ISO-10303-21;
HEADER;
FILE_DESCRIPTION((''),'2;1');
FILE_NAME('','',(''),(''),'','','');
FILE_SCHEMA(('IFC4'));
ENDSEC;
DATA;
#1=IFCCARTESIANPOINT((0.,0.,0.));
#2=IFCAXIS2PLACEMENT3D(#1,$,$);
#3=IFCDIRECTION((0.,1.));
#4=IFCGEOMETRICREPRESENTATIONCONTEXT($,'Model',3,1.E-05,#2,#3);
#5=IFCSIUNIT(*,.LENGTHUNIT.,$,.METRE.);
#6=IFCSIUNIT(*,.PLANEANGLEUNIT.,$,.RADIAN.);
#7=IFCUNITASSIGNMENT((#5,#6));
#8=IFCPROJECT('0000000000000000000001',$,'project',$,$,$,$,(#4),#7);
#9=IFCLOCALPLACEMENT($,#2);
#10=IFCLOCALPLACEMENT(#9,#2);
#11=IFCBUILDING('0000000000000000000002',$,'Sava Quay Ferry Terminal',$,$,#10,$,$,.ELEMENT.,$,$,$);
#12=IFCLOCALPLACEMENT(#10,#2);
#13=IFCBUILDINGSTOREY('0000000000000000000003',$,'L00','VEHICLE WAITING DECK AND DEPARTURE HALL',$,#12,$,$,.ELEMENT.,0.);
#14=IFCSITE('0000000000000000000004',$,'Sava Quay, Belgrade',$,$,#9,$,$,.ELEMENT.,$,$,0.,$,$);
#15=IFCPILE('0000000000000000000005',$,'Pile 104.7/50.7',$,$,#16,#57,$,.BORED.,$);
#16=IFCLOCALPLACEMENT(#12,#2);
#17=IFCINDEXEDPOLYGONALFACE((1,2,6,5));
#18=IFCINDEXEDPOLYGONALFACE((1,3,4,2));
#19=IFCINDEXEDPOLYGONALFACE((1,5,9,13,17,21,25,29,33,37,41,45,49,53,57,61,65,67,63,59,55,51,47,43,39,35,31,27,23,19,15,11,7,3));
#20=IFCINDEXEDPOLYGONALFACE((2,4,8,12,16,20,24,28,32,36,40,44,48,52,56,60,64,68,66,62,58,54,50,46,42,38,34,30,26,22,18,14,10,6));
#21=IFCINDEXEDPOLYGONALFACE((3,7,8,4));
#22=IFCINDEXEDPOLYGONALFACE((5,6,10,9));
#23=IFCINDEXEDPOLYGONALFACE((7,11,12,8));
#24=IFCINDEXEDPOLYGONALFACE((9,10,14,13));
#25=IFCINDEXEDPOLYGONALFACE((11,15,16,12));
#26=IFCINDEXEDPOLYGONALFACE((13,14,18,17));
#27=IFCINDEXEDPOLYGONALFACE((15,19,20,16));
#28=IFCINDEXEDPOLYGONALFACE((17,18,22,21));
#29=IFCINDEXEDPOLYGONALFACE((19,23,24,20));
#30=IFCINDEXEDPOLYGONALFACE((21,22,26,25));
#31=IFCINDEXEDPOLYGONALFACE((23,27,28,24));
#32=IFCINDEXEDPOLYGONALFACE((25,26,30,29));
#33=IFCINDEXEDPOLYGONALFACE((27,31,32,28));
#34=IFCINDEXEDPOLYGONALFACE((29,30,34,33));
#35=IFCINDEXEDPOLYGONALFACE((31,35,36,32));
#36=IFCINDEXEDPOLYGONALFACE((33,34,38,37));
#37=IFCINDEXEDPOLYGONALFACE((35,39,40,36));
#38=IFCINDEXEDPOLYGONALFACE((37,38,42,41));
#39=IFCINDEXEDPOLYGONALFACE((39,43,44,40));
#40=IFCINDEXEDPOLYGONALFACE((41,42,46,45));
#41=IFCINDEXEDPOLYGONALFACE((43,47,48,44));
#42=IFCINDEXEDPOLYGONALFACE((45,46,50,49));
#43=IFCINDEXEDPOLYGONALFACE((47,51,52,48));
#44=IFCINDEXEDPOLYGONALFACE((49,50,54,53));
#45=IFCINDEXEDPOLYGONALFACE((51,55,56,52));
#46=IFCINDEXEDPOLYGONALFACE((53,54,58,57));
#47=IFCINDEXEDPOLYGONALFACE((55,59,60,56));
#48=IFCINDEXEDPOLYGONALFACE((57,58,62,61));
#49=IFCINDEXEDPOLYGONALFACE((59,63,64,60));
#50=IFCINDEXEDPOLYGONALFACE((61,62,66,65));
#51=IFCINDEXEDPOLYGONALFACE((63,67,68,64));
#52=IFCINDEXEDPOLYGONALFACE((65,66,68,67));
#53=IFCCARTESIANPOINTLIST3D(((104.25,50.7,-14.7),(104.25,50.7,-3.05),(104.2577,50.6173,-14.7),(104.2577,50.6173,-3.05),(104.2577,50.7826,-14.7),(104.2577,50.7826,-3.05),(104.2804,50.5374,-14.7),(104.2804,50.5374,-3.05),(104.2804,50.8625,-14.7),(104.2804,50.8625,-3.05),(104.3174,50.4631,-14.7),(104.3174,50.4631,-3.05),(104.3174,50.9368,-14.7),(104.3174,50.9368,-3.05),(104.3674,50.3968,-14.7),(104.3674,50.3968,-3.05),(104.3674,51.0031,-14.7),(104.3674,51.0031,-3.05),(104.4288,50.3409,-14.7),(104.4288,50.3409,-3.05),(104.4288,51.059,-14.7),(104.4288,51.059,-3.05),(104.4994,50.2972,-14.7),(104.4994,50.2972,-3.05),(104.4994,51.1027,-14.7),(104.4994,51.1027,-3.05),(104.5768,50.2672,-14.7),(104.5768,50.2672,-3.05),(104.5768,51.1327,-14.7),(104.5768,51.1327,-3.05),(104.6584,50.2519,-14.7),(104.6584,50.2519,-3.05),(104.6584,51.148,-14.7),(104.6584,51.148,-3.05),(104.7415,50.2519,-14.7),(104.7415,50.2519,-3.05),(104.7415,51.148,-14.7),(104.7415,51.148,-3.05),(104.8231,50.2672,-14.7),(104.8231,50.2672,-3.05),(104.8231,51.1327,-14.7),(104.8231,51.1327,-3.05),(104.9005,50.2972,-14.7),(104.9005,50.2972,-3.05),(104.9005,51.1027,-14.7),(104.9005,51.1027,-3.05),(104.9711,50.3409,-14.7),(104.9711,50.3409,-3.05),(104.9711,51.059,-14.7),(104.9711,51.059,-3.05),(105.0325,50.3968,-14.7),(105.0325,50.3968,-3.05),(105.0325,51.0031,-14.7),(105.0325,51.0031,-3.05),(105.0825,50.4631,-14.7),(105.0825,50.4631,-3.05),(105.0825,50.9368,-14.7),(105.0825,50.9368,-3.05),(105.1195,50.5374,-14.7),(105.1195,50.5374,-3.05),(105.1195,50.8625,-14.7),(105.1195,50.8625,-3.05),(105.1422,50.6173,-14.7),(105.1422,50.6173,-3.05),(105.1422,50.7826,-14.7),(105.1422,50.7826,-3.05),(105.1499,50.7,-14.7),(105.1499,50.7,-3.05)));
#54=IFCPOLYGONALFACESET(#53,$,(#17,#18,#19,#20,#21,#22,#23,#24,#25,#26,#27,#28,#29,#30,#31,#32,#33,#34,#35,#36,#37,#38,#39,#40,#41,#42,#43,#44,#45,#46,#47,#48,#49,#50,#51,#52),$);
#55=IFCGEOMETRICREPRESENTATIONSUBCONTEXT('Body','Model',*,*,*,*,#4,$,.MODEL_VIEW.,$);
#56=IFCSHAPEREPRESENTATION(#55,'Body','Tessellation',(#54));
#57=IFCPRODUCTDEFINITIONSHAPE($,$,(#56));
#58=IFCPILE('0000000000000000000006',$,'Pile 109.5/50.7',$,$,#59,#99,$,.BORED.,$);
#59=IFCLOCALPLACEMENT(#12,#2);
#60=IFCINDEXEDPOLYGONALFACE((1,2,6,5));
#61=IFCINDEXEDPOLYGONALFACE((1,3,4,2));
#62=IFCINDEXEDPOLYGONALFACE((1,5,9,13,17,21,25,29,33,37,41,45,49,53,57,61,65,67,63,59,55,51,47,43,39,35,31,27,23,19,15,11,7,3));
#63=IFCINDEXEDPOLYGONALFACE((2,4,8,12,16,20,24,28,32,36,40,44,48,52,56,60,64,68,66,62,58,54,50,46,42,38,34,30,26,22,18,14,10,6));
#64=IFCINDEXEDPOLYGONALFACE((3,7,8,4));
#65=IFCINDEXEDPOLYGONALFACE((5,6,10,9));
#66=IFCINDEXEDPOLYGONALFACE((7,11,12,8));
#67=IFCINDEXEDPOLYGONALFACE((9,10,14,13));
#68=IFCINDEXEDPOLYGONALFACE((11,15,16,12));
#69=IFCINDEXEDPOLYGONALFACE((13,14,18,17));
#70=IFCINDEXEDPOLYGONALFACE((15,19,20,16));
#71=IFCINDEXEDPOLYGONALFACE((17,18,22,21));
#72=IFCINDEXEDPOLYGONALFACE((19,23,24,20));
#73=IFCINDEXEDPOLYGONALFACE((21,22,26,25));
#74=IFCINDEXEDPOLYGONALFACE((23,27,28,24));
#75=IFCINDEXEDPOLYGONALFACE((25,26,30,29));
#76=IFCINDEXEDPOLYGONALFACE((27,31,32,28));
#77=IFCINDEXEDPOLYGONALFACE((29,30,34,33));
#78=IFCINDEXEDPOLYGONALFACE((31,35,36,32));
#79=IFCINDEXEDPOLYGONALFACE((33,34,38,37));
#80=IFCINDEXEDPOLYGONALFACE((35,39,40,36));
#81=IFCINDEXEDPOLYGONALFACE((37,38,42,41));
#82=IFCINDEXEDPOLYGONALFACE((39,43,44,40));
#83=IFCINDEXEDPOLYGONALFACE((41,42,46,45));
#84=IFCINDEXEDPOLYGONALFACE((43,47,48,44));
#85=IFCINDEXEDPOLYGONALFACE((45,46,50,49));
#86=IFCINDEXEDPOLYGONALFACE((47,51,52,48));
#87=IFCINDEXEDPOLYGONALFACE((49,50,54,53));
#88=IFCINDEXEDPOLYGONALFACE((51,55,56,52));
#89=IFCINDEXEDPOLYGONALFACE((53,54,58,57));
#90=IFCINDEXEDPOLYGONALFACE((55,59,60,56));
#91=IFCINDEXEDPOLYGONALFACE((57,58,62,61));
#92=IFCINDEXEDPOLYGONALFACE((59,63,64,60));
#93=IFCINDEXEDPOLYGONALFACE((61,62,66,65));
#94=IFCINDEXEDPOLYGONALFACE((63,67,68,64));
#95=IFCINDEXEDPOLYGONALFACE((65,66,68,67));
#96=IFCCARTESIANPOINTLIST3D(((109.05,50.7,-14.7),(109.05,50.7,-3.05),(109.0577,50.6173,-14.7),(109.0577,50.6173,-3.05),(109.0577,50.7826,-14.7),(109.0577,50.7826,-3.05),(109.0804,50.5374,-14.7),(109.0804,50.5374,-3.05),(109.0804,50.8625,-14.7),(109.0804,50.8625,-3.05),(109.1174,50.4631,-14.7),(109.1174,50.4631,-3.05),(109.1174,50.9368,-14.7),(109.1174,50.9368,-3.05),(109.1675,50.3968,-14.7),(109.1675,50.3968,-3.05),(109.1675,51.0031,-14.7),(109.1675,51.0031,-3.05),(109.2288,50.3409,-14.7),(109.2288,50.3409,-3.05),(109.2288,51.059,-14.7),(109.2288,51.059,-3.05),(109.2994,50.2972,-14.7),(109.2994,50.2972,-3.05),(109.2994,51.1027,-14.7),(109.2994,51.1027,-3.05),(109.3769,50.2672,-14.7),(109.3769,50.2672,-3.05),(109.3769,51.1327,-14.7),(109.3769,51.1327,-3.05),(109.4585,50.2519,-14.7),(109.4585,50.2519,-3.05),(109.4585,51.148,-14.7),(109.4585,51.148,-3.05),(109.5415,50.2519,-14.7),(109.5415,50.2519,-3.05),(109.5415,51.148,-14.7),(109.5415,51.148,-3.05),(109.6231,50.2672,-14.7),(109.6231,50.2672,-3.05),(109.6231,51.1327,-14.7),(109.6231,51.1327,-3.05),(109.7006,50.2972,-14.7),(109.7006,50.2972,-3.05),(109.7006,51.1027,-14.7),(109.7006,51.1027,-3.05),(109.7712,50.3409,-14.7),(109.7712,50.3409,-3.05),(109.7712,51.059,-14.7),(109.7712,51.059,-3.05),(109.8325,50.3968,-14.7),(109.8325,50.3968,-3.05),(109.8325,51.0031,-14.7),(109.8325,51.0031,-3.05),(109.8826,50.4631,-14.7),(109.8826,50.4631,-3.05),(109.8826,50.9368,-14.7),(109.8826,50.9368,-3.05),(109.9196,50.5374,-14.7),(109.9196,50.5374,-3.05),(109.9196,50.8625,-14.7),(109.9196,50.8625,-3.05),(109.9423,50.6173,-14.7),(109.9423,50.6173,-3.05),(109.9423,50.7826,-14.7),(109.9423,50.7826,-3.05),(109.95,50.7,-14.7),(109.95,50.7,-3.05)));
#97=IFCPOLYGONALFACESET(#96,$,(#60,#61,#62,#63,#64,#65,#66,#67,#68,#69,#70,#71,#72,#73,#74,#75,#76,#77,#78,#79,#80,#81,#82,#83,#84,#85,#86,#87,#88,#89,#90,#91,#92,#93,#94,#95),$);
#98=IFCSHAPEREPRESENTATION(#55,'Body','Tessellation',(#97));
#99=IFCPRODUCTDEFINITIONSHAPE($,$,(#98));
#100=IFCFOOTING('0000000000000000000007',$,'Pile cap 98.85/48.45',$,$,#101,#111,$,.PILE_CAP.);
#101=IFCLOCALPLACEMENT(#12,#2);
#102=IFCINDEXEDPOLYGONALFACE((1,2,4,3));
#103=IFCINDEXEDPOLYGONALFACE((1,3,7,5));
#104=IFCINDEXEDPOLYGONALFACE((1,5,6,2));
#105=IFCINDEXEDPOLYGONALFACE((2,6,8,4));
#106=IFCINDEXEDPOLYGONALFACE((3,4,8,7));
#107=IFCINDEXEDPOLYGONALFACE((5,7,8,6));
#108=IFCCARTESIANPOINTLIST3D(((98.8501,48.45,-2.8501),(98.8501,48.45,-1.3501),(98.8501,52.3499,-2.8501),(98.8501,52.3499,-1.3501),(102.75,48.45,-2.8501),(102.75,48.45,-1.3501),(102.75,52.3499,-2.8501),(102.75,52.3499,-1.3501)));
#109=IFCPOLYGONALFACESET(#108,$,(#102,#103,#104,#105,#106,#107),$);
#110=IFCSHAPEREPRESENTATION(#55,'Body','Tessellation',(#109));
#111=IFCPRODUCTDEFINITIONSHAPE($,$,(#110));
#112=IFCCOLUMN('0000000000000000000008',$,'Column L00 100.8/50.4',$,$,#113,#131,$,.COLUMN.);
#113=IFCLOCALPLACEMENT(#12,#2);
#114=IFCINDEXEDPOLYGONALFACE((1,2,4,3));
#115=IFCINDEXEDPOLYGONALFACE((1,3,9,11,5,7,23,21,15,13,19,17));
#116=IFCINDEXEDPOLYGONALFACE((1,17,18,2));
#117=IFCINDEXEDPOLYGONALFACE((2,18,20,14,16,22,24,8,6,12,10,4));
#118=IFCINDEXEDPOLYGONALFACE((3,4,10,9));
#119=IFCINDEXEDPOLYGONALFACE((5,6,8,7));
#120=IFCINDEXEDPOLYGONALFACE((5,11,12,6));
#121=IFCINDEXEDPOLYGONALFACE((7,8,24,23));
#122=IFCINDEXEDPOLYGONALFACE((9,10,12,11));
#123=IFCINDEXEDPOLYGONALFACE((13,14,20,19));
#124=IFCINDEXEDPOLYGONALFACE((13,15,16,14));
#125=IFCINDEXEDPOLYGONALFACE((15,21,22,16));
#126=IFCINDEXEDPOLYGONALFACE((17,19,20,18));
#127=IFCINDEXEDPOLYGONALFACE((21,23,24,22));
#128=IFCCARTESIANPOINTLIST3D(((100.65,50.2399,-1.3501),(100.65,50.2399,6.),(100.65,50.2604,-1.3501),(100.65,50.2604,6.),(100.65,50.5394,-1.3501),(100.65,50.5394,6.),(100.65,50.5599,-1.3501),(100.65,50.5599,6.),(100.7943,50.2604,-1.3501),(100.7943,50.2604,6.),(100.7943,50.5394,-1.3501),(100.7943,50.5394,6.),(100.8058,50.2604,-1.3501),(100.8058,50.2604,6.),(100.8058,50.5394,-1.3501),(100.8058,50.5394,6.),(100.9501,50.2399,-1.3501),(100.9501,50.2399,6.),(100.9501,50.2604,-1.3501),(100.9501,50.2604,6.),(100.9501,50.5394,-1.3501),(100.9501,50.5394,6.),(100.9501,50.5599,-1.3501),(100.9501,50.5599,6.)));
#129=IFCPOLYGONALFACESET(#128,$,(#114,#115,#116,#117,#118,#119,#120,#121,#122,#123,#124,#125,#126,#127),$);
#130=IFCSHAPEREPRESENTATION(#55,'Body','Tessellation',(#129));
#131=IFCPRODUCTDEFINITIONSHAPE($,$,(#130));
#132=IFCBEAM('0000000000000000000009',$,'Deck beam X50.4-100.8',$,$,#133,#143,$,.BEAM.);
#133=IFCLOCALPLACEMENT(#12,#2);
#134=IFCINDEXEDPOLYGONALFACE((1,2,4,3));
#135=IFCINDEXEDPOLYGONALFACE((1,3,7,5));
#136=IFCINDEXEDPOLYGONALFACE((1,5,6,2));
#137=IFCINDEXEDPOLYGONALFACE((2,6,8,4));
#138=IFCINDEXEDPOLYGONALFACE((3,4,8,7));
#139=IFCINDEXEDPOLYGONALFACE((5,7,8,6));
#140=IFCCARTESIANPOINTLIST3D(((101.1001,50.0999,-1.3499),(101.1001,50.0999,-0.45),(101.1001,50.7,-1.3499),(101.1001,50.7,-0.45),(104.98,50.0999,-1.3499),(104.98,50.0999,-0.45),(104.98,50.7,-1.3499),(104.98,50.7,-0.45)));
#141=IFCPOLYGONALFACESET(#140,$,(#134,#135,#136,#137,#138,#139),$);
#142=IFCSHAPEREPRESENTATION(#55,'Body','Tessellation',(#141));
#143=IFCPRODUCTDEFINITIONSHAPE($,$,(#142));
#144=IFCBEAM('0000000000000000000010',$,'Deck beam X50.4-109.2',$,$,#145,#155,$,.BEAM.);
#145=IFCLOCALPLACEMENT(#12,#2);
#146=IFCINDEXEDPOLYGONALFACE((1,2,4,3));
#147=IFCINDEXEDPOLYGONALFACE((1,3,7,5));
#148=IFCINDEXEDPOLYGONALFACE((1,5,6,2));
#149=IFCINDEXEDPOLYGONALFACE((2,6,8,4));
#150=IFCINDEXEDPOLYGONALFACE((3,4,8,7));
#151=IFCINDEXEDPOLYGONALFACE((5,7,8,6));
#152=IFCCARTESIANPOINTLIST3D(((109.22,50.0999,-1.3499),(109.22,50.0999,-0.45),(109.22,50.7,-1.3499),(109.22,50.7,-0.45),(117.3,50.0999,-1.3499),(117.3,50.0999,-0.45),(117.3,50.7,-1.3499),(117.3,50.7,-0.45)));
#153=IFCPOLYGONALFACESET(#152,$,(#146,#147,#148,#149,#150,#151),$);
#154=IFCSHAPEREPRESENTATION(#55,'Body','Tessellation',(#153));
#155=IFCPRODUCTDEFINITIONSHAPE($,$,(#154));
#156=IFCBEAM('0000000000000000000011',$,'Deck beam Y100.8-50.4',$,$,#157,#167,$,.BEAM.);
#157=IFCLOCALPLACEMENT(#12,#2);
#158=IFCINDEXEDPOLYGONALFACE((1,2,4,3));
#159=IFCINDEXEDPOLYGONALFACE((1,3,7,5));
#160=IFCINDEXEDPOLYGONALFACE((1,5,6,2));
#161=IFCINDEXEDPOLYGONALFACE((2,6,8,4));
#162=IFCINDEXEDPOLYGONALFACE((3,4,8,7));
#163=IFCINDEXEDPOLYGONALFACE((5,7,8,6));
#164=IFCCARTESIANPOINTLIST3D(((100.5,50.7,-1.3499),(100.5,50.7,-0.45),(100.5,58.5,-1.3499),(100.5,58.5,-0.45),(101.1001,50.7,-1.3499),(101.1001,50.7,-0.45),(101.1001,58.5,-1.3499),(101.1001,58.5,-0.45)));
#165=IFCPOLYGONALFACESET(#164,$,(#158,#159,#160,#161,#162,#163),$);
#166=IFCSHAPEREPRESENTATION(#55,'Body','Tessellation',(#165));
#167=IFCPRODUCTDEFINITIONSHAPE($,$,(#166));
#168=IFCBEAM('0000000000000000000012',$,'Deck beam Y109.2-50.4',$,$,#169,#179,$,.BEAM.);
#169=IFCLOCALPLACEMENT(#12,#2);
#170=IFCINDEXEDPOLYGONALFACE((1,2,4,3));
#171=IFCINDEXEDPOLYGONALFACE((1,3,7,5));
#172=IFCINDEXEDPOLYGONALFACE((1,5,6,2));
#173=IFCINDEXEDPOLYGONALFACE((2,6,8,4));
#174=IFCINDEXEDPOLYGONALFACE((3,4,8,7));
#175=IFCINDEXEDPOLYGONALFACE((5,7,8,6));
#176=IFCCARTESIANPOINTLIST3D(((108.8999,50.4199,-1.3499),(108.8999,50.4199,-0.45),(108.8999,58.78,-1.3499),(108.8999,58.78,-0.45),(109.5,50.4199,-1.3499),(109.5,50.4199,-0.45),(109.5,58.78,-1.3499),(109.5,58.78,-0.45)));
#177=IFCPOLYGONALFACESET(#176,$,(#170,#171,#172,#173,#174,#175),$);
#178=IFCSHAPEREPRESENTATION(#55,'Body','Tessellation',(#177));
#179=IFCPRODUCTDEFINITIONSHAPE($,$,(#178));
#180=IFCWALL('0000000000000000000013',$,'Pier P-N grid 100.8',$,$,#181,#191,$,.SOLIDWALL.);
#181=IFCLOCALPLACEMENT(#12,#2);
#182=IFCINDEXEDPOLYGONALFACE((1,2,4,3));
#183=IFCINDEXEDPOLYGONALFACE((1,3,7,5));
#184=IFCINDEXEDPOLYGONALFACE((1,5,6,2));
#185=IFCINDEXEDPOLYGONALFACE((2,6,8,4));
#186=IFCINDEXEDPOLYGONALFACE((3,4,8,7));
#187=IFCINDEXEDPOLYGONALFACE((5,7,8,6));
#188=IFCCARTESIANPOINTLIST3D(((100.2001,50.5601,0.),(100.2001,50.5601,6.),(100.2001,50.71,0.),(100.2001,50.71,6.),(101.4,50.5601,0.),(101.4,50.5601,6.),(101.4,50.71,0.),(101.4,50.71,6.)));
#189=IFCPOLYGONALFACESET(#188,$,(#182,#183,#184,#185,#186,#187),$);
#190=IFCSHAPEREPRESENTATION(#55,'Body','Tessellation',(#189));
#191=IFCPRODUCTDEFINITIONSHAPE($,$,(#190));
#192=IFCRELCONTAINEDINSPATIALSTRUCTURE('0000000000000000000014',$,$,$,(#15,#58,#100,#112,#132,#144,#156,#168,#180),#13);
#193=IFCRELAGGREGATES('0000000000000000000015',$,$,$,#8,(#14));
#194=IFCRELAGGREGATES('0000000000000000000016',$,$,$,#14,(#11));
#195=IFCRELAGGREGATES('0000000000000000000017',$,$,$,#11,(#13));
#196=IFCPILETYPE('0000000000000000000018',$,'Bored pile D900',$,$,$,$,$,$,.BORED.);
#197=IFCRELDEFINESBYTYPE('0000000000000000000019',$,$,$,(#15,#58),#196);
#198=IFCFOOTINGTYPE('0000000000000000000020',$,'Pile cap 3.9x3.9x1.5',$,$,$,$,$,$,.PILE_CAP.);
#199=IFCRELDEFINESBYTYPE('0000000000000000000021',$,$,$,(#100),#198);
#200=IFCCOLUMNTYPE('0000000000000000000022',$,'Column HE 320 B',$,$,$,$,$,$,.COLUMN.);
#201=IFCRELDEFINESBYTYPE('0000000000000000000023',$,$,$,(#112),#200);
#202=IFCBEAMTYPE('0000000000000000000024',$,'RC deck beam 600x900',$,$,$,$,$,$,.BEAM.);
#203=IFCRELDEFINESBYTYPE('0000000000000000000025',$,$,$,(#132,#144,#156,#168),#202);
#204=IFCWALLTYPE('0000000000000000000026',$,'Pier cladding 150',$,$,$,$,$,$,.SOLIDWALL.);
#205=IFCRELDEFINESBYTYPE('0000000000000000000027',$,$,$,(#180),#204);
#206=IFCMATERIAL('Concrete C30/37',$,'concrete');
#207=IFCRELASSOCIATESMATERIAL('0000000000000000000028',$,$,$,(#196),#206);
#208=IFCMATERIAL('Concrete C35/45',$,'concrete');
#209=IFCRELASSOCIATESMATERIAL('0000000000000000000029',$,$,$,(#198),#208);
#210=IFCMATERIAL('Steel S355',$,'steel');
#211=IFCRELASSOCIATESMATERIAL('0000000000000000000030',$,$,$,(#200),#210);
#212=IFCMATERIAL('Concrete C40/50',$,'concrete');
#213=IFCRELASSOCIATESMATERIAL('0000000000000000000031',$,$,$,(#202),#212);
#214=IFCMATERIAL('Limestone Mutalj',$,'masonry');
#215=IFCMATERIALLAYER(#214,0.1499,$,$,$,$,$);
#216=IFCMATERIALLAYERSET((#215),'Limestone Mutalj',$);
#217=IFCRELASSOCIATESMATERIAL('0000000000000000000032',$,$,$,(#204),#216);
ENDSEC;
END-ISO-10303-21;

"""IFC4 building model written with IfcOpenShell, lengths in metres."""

from ifc_helpers import new_model, si_unit, direction, frame, frame_2d, origin, origin_2d, place, context, subcontext, project, spatial, rectangle, circle, i_section, extrude, material, layer, layer_set, material_profile, profile_set, type_object, element, save


model = new_model("IFC4")

# Units and contexts
model_context = context("Model", 3, precision=1e-05, world=origin(), true_north=direction((0.0, 1.0)))
body_context = subcontext(model_context, "Body", "Model", "MODEL_VIEW")
ifc_project = project(units=[si_unit("LENGTHUNIT", "METRE"), si_unit("PLANEANGLEUNIT", "RADIAN")], contexts=[model_context])

# Site, building, storey
site_placement = place(None, origin())
site = spatial("IfcSite", under=ifc_project, at=site_placement, Name="Sava Quay, Belgrade", CompositionType="ELEMENT", RefElevation=0.0)
building_placement = place(site_placement, origin())
building = spatial("IfcBuilding", under=site, at=building_placement, Name="Sava Quay Ferry Terminal", CompositionType="ELEMENT")
storey_placement = place(building_placement, origin())
storey = spatial("IfcBuildingStorey", under=building, at=storey_placement, Name="L00", Description="VEHICLE WAITING DECK AND DEPARTURE HALL", CompositionType="ELEMENT", Elevation=0.0)

# Piles
ifc_material_1 = material(Name="Concrete C30/37", Category="concrete")
ifc_material_profile_1 = material_profile(ifc_material_1, circle(Radius=0.45, at=origin_2d()), Name="Bored pile D900")
ifc_profile_set_1 = profile_set([ifc_material_profile_1], Name="Concrete C30/37")
pile_type = type_object("IfcPileType", Name="Bored pile D900", PredefinedType="BORED", material=ifc_profile_set_1)
for number, where, z_axis, x_axis, name in (
    (1, (104.7, 50.7, -3.05), (0.0, 0.0, -1.0), (1.0, 0.0, 0.0), "Pile 104.7/50.7"),
    (2, (109.5, 50.7, -3.05), (0.0, 0.0, -1.0), (1.0, 0.0, 0.0), "Pile 109.5/50.7"),
):
    element("IfcPile", number, at=place(storey_placement, frame(where, z_axis=z_axis, x_axis=x_axis)), inside=storey, type_object=pile_type, Name=name, PredefinedType="BORED", context=body_context, shape_type="SweptSolid", body=[
        extrude(circle(Radius=0.45, at=origin_2d()), origin(), (0.0, 0.0, 1.0), 11.6499),
    ])

# Footing
ifc_material_2 = material(Name="Concrete C35/45", Category="concrete")
footing_type = type_object("IfcFootingType", Name="Pile cap 3.9x3.9x1.5", PredefinedType="PILE_CAP", material=ifc_material_2)
footing_placement = place(storey_placement, frame((100.8, 50.3999, -2.8501), z_axis=(0.0, 0.0, 1.0), x_axis=(1.0, 0.0, 0.0)))
element("IfcFooting", 3, at=footing_placement, inside=storey, type_object=footing_type, Name="Pile cap 98.85/48.45", PredefinedType="PILE_CAP", context=body_context, shape_type="SweptSolid", body=[
    extrude(rectangle(XDim=3.8999, YDim=3.8999, at=origin_2d()), origin(), (0.0, 0.0, 1.0), 1.5),
])

# Column
ifc_material_3 = material(Name="Steel S355", Category="steel")
ifc_material_profile_2 = material_profile(ifc_material_3, i_section(OverallWidth=0.3, OverallDepth=0.3201, WebThickness=0.0115, FlangeThickness=0.0205, at=origin_2d()), Name="HE 320 B")
ifc_profile_set_2 = profile_set([ifc_material_profile_2], Name="Steel S355")
column_type = type_object("IfcColumnType", Name="Column HE 320 B", PredefinedType="COLUMN", material=ifc_profile_set_2)
column_placement = place(storey_placement, frame((100.8, 50.3999, -1.3501), z_axis=(0.0, 0.0, 1.0), x_axis=(1.0, 0.0, 0.0)))
element("IfcColumn", 4, at=column_placement, inside=storey, type_object=column_type, Name="Column L00 100.8/50.4", PredefinedType="COLUMN", context=body_context, shape_type="SweptSolid", body=[
    extrude(i_section(OverallWidth=0.3, OverallDepth=0.3201, WebThickness=0.0115, FlangeThickness=0.0205, at=origin_2d()), origin(), (0.0, 0.0, 1.0), 7.3501),
])

# Beams
ifc_material_4 = material(Name="Concrete C40/50", Category="concrete")
ifc_material_profile_3 = material_profile(ifc_material_4, rectangle(XDim=0.6001, YDim=0.8999, at=origin_2d()), Name="RC 600x900")
ifc_profile_set_3 = profile_set([ifc_material_profile_3], Name="Concrete C40/50")
beam_type = type_object("IfcBeamType", Name="RC deck beam 600x900", PredefinedType="BEAM", material=ifc_profile_set_3)
beam_1_placement = place(storey_placement, frame((101.1001, 50.3999, -0.8999), z_axis=(1.0, 0.0, 0.0), x_axis=(0.0, 1.0, 0.0)))
element("IfcBeam", 5, at=beam_1_placement, inside=storey, type_object=beam_type, Name="Deck beam X50.4-100.8", PredefinedType="BEAM", context=body_context, shape_type="SweptSolid", body=[
    extrude(rectangle(XDim=0.6001, YDim=0.8999, at=origin_2d()), origin(), (0.0, 0.0, 1.0), 3.8799),
])
beam_2_placement = place(storey_placement, frame((109.22, 50.3999, -0.8999), z_axis=(1.0, 0.0, 0.0), x_axis=(0.0, 1.0, 0.0)))
element("IfcBeam", 6, at=beam_2_placement, inside=storey, type_object=beam_type, Name="Deck beam X50.4-109.2", PredefinedType="BEAM", context=body_context, shape_type="SweptSolid", body=[
    extrude(rectangle(XDim=0.6001, YDim=0.8999, at=origin_2d()), origin(), (0.0, 0.0, 1.0), 8.0801),
])
beam_3_placement = place(storey_placement, frame((100.8, 50.7, -0.8999), z_axis=(0.0, 1.0, 0.0), x_axis=(-1.0, 0.0, 0.0)))
element("IfcBeam", 7, at=beam_3_placement, inside=storey, type_object=beam_type, Name="Deck beam Y100.8-50.4", PredefinedType="BEAM", context=body_context, shape_type="SweptSolid", body=[
    extrude(rectangle(XDim=0.6001, YDim=0.8999, at=origin_2d()), origin(), (0.0, 0.0, 1.0), 7.8),
])
beam_4_placement = place(storey_placement, frame((109.2, 50.4199, -0.8999), z_axis=(0.0, 1.0, 0.0), x_axis=(-1.0, 0.0, 0.0)))
element("IfcBeam", 8, at=beam_4_placement, inside=storey, type_object=beam_type, Name="Deck beam Y109.2-50.4", PredefinedType="BEAM", context=body_context, shape_type="SweptSolid", body=[
    extrude(rectangle(XDim=0.6001, YDim=0.8999, at=origin_2d()), origin(), (0.0, 0.0, 1.0), 8.3601),
])

# Wall
ifc_material_5 = material(Name="Limestone Mutalj", Category="masonry")
ifc_layer_1 = layer(ifc_material_5, 0.1499)
ifc_layer_set_1 = layer_set([ifc_layer_1], Name="Limestone Mutalj")
wall_type_1 = type_object("IfcWallType", Name="Pier cladding 150", PredefinedType="SOLIDWALL", material=ifc_layer_set_1)
for number, where, z_axis, x_axis, name in (
    (9, (100.2, 50.635, 0.0), (0.0, 0.0, 1.0), (1.0, 0.0, 0.0), "Pier P-N grid 100.8"),
):
    element("IfcWall", number, at=place(storey_placement, frame(where, z_axis=z_axis, x_axis=x_axis)), inside=storey, type_object=wall_type_1, Name=name, PredefinedType="SOLIDWALL", context=body_context, shape_type="SweptSolid", body=[
        extrude(rectangle(XDim=1.2, YDim=0.1499, at=frame_2d((0.6001, 0.0))), origin(), (0.0, 0.0, 1.0), 6.0),
    ])

save(model, "model.ifc")
